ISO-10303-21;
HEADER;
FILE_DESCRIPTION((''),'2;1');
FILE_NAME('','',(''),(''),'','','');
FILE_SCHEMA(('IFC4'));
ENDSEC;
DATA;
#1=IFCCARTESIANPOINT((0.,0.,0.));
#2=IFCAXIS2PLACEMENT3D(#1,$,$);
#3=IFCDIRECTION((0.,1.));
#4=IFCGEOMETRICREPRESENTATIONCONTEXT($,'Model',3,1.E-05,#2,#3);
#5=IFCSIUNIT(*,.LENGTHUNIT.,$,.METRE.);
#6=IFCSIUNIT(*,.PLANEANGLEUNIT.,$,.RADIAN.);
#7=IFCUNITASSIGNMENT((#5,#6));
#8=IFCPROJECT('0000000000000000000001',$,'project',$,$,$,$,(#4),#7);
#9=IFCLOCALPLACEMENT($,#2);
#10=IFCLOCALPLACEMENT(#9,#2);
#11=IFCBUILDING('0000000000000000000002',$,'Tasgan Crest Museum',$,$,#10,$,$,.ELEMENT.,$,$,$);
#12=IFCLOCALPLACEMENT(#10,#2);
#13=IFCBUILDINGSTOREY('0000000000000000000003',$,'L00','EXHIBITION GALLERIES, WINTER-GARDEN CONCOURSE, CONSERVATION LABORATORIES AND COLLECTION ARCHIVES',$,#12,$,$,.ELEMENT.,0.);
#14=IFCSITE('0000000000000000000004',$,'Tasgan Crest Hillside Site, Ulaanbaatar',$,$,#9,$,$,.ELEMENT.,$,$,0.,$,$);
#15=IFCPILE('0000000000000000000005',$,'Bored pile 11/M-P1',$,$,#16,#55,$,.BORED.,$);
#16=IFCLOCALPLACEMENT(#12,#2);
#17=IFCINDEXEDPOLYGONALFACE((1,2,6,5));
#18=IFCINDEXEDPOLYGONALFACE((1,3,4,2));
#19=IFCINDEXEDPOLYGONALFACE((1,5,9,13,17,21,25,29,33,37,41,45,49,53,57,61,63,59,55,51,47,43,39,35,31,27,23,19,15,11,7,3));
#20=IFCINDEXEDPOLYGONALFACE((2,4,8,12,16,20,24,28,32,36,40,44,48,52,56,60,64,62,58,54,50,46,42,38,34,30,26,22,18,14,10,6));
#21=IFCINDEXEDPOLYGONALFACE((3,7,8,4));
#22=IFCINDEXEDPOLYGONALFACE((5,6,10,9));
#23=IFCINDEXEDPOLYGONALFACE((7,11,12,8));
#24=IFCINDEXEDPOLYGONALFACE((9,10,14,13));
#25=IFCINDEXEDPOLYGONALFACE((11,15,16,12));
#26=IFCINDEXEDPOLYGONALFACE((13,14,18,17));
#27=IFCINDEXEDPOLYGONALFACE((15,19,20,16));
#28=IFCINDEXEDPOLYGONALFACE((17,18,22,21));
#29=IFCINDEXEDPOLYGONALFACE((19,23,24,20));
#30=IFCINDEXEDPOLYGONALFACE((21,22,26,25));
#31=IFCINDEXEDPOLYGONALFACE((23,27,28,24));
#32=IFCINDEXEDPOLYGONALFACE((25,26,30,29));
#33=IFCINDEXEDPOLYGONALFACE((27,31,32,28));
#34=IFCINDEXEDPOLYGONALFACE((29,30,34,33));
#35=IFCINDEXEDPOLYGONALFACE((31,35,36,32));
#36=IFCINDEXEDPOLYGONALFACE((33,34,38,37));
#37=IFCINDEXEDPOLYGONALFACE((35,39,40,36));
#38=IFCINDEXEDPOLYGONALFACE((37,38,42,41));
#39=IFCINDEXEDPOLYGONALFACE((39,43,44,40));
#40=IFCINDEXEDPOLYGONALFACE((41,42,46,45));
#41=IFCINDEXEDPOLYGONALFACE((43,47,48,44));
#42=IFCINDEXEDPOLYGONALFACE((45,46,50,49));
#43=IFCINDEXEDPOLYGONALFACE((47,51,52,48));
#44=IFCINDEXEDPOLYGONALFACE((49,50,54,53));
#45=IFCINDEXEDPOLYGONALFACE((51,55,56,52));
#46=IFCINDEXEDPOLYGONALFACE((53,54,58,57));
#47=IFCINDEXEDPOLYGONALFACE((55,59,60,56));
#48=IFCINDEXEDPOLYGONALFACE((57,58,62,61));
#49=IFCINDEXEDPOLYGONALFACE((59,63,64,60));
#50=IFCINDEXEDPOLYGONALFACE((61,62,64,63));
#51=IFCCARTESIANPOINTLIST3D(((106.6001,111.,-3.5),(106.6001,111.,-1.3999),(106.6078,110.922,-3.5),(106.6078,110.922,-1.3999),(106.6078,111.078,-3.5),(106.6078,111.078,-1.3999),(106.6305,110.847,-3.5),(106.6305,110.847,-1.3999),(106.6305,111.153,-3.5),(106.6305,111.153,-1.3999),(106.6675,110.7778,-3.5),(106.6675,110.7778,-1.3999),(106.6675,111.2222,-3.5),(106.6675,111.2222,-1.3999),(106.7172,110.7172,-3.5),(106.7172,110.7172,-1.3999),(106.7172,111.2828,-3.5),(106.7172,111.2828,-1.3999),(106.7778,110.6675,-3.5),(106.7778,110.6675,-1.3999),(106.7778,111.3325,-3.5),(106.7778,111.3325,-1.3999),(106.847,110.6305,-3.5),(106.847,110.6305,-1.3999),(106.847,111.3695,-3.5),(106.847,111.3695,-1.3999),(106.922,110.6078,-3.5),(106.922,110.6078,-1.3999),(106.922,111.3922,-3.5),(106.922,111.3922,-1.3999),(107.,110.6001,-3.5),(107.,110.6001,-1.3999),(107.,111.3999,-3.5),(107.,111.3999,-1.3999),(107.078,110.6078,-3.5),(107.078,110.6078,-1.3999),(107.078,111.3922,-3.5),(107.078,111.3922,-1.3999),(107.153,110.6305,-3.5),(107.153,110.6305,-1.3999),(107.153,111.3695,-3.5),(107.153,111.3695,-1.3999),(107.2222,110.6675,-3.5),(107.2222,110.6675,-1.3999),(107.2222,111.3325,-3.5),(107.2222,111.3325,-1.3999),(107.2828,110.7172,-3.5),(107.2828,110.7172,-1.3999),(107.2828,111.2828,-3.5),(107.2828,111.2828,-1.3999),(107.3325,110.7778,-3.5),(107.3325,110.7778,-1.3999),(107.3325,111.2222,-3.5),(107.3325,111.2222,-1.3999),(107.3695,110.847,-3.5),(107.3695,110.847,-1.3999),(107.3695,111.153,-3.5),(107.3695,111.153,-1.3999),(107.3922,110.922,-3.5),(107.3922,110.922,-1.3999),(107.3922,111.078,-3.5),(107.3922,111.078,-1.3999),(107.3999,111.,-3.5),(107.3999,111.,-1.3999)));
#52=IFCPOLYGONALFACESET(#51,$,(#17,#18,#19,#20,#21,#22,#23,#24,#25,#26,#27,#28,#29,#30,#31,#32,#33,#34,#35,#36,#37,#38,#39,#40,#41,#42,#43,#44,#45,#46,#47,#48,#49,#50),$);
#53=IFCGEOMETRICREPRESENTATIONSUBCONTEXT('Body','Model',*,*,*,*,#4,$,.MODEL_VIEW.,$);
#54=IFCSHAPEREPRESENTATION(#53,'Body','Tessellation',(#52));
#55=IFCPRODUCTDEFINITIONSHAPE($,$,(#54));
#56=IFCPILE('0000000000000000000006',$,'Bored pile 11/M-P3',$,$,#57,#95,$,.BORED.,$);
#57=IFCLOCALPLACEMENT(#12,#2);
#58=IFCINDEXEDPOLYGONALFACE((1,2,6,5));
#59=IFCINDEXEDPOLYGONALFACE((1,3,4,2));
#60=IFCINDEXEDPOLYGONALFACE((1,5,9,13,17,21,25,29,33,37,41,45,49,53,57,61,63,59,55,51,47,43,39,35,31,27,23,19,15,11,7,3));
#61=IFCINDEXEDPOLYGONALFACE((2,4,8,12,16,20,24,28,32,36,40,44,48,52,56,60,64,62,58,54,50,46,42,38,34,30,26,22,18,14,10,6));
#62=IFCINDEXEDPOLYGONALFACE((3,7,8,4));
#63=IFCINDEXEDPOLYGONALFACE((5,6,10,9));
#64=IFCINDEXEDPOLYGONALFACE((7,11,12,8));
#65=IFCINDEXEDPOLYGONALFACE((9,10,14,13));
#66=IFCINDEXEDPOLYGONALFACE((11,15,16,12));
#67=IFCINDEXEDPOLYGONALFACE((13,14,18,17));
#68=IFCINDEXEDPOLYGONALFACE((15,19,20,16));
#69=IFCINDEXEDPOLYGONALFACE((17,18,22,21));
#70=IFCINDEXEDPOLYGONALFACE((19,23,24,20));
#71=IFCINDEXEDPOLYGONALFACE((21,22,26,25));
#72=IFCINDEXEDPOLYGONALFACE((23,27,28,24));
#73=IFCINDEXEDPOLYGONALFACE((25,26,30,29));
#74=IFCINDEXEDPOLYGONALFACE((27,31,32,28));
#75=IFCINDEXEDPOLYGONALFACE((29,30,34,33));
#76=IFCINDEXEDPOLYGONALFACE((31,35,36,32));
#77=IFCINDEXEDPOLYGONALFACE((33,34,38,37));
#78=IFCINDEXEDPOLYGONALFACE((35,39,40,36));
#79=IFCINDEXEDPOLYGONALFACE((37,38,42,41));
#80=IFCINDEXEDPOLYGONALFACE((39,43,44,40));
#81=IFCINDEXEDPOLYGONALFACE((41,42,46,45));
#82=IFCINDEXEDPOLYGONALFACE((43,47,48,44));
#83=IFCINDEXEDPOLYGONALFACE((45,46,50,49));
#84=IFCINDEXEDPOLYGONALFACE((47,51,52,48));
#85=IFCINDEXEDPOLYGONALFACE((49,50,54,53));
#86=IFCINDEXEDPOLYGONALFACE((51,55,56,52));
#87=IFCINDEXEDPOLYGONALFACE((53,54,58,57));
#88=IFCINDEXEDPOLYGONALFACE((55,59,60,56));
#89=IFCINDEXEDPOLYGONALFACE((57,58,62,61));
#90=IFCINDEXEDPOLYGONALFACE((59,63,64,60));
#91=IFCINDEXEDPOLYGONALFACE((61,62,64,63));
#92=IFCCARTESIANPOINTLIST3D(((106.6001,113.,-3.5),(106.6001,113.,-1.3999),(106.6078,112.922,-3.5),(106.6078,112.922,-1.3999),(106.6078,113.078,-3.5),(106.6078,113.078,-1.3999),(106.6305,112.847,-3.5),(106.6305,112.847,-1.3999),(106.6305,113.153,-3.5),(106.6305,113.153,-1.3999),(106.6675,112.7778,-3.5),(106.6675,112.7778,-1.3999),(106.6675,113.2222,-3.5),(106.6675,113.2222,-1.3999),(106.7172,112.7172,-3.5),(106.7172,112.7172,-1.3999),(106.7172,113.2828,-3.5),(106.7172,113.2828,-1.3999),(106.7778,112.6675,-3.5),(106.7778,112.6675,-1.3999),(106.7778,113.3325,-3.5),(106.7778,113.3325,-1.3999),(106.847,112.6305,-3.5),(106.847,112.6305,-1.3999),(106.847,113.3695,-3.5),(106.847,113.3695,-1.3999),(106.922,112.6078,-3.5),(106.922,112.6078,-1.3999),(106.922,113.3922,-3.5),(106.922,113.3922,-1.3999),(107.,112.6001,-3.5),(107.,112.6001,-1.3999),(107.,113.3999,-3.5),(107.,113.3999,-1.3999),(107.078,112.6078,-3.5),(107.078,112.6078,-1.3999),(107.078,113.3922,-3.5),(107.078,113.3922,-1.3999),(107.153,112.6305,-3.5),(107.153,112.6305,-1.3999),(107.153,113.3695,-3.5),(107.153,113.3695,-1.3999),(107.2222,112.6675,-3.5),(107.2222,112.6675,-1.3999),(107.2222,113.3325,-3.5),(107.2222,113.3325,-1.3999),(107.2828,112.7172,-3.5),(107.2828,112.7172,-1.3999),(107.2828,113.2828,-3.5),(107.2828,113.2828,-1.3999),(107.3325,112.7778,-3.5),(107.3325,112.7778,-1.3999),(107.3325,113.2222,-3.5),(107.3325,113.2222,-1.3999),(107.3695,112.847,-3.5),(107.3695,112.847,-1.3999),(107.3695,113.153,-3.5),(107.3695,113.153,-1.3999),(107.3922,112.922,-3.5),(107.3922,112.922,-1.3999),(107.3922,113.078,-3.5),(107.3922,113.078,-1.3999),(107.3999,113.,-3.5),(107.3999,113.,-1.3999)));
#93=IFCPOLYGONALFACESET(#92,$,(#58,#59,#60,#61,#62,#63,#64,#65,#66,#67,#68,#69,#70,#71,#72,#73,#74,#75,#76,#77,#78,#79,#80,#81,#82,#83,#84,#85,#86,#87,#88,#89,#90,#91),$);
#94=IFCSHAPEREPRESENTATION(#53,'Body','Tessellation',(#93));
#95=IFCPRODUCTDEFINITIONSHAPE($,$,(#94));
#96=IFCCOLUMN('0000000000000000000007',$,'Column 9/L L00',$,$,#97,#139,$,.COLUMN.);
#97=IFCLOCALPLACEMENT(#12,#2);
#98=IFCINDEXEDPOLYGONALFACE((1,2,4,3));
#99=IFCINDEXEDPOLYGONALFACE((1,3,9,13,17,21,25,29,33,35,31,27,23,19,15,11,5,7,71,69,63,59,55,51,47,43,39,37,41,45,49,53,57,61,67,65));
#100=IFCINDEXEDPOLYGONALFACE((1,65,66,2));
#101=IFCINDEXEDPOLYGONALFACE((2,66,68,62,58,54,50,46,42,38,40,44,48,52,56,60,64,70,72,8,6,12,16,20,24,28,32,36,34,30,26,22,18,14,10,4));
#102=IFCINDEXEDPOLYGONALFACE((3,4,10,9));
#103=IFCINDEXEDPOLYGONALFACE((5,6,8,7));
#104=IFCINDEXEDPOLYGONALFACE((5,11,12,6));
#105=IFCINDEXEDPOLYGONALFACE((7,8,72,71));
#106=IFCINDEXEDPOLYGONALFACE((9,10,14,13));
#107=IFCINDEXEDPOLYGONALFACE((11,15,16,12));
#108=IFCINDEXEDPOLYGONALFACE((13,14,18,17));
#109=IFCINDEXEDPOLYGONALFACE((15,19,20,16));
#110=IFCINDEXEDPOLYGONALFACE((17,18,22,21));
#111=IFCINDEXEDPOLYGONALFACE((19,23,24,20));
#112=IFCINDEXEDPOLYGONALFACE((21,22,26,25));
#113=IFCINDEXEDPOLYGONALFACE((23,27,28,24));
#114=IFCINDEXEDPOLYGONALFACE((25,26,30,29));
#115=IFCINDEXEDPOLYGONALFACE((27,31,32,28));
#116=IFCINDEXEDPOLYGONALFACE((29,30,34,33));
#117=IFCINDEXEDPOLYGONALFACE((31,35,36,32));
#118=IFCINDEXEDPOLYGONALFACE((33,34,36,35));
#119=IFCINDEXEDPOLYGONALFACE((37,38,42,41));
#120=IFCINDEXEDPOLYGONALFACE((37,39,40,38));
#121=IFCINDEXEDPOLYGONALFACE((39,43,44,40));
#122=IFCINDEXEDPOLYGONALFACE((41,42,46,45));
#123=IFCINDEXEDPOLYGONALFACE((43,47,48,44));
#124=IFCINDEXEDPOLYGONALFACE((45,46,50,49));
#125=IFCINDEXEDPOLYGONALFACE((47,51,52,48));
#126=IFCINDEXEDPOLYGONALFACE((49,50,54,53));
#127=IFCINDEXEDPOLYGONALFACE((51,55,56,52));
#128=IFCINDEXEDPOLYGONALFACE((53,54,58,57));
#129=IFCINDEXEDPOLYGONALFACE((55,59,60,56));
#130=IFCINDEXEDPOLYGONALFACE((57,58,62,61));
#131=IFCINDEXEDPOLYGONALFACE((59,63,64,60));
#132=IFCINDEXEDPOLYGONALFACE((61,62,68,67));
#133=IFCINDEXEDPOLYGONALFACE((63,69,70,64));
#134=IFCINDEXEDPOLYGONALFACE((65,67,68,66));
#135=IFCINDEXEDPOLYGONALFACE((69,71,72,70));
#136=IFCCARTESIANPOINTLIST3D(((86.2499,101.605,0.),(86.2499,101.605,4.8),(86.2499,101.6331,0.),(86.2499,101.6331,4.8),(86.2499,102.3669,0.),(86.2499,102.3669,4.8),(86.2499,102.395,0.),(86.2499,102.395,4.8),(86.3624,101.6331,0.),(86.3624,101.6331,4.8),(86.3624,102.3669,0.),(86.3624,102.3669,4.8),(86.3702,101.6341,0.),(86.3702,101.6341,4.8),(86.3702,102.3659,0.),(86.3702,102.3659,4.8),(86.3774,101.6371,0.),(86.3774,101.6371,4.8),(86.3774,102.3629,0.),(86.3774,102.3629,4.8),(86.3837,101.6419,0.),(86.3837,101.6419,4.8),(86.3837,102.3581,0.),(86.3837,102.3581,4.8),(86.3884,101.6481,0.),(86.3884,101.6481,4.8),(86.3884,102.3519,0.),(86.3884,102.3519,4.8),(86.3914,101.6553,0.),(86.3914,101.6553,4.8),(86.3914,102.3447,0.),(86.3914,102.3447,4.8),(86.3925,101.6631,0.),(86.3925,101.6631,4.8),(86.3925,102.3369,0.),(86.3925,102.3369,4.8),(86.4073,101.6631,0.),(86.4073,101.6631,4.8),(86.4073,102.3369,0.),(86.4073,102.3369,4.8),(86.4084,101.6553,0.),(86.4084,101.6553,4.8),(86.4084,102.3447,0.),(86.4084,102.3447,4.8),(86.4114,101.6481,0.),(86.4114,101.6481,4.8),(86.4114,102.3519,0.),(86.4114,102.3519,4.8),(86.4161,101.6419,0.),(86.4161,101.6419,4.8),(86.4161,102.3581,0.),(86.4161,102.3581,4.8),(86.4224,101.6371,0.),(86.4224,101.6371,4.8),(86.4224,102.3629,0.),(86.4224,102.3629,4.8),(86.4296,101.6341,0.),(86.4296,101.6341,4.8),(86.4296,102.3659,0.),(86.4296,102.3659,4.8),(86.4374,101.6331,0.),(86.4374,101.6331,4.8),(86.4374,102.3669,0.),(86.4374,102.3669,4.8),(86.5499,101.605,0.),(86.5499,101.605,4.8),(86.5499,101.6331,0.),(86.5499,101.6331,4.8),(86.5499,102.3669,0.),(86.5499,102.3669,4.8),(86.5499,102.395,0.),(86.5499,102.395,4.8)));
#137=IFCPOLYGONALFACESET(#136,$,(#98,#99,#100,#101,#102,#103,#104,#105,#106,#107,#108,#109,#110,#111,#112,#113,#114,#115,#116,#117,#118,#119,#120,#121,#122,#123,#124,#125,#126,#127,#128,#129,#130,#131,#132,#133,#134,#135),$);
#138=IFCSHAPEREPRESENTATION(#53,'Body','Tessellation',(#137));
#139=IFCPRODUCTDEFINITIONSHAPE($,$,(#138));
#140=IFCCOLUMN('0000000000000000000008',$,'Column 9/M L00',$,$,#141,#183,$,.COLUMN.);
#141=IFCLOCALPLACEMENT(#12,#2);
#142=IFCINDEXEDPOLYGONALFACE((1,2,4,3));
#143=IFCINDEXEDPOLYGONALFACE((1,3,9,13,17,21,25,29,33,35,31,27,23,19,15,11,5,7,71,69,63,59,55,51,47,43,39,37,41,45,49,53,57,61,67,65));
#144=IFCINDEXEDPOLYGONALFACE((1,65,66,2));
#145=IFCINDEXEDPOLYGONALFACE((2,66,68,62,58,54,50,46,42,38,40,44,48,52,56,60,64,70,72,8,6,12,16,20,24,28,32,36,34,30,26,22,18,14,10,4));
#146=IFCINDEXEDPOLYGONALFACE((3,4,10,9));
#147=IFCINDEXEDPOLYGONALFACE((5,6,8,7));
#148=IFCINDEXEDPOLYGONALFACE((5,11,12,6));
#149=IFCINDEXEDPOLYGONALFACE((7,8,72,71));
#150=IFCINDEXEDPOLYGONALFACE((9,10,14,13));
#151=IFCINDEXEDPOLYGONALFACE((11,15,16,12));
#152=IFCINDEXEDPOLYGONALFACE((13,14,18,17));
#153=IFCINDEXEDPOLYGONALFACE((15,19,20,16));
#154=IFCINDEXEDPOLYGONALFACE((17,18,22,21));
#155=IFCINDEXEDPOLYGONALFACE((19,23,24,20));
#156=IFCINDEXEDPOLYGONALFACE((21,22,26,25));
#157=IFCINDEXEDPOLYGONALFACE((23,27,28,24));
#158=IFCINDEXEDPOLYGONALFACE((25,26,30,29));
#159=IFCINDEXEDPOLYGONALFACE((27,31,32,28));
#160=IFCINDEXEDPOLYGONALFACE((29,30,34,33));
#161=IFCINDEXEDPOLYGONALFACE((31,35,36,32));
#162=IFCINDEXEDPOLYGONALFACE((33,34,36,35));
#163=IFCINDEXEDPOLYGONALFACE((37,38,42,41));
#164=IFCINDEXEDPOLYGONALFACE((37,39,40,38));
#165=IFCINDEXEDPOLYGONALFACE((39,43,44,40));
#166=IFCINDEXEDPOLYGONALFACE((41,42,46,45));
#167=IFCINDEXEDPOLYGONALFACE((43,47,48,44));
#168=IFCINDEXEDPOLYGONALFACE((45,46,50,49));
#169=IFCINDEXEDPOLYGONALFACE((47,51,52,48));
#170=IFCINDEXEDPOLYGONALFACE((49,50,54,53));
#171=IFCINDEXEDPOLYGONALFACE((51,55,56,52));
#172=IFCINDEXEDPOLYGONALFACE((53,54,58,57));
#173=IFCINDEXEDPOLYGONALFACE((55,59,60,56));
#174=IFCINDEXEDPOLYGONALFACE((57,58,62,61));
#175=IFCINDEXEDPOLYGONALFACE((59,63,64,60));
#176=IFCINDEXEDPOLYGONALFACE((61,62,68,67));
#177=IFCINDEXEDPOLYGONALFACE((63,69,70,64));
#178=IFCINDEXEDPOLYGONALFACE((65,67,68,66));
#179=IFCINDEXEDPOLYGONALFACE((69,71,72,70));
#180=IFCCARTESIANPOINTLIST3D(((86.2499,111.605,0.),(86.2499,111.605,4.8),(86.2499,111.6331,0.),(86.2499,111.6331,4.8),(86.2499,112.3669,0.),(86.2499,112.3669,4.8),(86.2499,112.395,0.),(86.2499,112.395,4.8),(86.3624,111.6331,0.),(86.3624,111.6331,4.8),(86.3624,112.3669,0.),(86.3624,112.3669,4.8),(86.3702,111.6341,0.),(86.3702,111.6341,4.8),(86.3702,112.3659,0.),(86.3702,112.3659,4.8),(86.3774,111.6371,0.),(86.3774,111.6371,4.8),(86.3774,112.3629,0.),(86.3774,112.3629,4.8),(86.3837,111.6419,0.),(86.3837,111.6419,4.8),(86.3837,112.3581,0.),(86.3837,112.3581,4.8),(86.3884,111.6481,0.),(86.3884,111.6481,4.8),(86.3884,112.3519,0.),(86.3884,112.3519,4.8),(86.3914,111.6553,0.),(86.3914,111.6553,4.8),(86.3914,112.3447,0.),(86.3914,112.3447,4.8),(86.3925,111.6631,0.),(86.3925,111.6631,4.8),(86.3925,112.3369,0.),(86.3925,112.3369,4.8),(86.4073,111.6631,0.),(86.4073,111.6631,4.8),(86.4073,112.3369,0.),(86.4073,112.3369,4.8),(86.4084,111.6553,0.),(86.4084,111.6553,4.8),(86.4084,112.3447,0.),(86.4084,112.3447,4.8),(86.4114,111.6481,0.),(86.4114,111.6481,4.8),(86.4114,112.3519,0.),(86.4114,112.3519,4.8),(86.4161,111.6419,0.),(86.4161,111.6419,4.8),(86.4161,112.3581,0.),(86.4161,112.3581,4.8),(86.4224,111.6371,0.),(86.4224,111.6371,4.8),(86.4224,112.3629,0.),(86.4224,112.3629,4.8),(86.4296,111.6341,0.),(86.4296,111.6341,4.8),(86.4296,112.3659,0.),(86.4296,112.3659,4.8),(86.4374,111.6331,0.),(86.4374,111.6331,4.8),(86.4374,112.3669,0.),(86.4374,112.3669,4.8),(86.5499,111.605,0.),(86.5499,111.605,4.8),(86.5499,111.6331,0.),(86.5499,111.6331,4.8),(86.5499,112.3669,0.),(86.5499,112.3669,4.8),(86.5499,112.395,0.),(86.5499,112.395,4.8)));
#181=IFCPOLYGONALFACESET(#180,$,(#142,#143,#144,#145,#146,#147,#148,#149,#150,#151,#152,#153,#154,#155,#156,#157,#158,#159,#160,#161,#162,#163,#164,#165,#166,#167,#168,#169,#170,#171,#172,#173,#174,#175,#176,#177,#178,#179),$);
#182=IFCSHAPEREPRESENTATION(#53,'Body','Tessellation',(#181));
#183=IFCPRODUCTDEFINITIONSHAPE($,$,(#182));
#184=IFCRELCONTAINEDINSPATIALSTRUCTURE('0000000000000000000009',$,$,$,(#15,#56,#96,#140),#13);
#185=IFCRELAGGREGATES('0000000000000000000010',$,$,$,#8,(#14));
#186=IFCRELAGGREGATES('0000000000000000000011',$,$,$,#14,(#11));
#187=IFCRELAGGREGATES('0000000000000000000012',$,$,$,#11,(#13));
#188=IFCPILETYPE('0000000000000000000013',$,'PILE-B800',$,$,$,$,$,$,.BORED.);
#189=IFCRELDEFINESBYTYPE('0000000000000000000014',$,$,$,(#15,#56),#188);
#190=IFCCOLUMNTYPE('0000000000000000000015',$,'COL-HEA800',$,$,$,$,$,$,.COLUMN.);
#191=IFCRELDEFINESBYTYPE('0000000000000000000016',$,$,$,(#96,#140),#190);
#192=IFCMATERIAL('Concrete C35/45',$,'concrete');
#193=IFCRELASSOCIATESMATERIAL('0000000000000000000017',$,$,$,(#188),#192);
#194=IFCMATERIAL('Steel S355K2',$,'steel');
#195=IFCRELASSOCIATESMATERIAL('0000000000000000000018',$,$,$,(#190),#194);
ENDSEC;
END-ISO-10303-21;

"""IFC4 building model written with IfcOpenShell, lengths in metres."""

from ifc_helpers import new_model, si_unit, direction, frame, origin, origin_2d, place, context, subcontext, project, spatial, circle, i_section, extrude, material, material_profile, profile_set, type_object, element, save


model = new_model("IFC4")

# Units and contexts
model_context = context("Model", 3, precision=1e-05, world=origin(), true_north=direction((0.0, 1.0)))
body_context = subcontext(model_context, "Body", "Model", "MODEL_VIEW")
ifc_project = project(units=[si_unit("LENGTHUNIT", "METRE"), si_unit("PLANEANGLEUNIT", "RADIAN")], contexts=[model_context])

# Site, building, storey
site_placement = place(None, origin())
site = spatial("IfcSite", under=ifc_project, at=site_placement, Name="Tasgan Crest Hillside Site, Ulaanbaatar", CompositionType="ELEMENT", RefElevation=0.0)
building_placement = place(site_placement, origin())
building = spatial("IfcBuilding", under=site, at=building_placement, Name="Tasgan Crest Museum", CompositionType="ELEMENT")
storey_placement = place(building_placement, origin())
storey = spatial("IfcBuildingStorey", under=building, at=storey_placement, Name="L00", Description="EXHIBITION GALLERIES, WINTER-GARDEN CONCOURSE, CONSERVATION LABORATORIES AND COLLECTION ARCHIVES", CompositionType="ELEMENT", Elevation=0.0)

# Piles
ifc_material_1 = material(Name="Concrete C35/45", Category="concrete")
ifc_material_profile_1 = material_profile(ifc_material_1, circle(Radius=0.3999, at=origin_2d()), Name="PILE D800")
ifc_profile_set_1 = profile_set([ifc_material_profile_1], Name="Concrete C35/45")
pile_type_1 = type_object("IfcPileType", Name="PILE-B800", PredefinedType="BORED", material=ifc_profile_set_1)
for number, where, z_axis, x_axis, name in (
    (1, (107.0, 111.0, -1.3999), (0.0, 0.0, -1.0), (1.0, 0.0, 0.0), "Bored pile 11/M-P1"),
    (2, (107.0, 113.0, -1.3999), (0.0, 0.0, -1.0), (1.0, 0.0, 0.0), "Bored pile 11/M-P3"),
):
    element("IfcPile", number, at=place(storey_placement, frame(where, z_axis=z_axis, x_axis=x_axis)), inside=storey, type_object=pile_type_1, Name=name, PredefinedType="BORED", context=body_context, shape_type="SweptSolid", body=[
        extrude(circle(Radius=0.3999, at=origin_2d()), origin(), (0.0, 0.0, 1.0), 2.1001),
    ])

# Columns
ifc_material_2 = material(Name="Steel S355K2", Category="steel")
ifc_material_profile_2 = material_profile(ifc_material_2, i_section(OverallWidth=0.3, OverallDepth=0.79, WebThickness=0.0149, FlangeThickness=0.0281, FilletRadius=0.03, at=origin_2d()), Name="HEA 800")
ifc_profile_set_2 = profile_set([ifc_material_profile_2], Name="Steel S355K2")
column_type = type_object("IfcColumnType", Name="COL-HEA800", PredefinedType="COLUMN", material=ifc_profile_set_2)
for number, where, z_axis, x_axis, name in (
    (3, (86.3999, 102.0, 0.0), (0.0, 0.0, 1.0), (1.0, 0.0, 0.0), "Column 9/L L00"),
    (4, (86.3999, 112.0, 0.0), (0.0, 0.0, 1.0), (1.0, 0.0, 0.0), "Column 9/M L00"),
):
    element("IfcColumn", number, at=place(storey_placement, frame(where, z_axis=z_axis, x_axis=x_axis)), inside=storey, type_object=column_type, Name=name, PredefinedType="COLUMN", context=body_context, shape_type="SweptSolid", body=[
        extrude(i_section(OverallWidth=0.3, OverallDepth=0.79, WebThickness=0.0149, FlangeThickness=0.0281, FilletRadius=0.03, at=origin_2d()), origin(), (0.0, 0.0, 1.0), 4.8),
    ])

save(model, "model.ifc")
